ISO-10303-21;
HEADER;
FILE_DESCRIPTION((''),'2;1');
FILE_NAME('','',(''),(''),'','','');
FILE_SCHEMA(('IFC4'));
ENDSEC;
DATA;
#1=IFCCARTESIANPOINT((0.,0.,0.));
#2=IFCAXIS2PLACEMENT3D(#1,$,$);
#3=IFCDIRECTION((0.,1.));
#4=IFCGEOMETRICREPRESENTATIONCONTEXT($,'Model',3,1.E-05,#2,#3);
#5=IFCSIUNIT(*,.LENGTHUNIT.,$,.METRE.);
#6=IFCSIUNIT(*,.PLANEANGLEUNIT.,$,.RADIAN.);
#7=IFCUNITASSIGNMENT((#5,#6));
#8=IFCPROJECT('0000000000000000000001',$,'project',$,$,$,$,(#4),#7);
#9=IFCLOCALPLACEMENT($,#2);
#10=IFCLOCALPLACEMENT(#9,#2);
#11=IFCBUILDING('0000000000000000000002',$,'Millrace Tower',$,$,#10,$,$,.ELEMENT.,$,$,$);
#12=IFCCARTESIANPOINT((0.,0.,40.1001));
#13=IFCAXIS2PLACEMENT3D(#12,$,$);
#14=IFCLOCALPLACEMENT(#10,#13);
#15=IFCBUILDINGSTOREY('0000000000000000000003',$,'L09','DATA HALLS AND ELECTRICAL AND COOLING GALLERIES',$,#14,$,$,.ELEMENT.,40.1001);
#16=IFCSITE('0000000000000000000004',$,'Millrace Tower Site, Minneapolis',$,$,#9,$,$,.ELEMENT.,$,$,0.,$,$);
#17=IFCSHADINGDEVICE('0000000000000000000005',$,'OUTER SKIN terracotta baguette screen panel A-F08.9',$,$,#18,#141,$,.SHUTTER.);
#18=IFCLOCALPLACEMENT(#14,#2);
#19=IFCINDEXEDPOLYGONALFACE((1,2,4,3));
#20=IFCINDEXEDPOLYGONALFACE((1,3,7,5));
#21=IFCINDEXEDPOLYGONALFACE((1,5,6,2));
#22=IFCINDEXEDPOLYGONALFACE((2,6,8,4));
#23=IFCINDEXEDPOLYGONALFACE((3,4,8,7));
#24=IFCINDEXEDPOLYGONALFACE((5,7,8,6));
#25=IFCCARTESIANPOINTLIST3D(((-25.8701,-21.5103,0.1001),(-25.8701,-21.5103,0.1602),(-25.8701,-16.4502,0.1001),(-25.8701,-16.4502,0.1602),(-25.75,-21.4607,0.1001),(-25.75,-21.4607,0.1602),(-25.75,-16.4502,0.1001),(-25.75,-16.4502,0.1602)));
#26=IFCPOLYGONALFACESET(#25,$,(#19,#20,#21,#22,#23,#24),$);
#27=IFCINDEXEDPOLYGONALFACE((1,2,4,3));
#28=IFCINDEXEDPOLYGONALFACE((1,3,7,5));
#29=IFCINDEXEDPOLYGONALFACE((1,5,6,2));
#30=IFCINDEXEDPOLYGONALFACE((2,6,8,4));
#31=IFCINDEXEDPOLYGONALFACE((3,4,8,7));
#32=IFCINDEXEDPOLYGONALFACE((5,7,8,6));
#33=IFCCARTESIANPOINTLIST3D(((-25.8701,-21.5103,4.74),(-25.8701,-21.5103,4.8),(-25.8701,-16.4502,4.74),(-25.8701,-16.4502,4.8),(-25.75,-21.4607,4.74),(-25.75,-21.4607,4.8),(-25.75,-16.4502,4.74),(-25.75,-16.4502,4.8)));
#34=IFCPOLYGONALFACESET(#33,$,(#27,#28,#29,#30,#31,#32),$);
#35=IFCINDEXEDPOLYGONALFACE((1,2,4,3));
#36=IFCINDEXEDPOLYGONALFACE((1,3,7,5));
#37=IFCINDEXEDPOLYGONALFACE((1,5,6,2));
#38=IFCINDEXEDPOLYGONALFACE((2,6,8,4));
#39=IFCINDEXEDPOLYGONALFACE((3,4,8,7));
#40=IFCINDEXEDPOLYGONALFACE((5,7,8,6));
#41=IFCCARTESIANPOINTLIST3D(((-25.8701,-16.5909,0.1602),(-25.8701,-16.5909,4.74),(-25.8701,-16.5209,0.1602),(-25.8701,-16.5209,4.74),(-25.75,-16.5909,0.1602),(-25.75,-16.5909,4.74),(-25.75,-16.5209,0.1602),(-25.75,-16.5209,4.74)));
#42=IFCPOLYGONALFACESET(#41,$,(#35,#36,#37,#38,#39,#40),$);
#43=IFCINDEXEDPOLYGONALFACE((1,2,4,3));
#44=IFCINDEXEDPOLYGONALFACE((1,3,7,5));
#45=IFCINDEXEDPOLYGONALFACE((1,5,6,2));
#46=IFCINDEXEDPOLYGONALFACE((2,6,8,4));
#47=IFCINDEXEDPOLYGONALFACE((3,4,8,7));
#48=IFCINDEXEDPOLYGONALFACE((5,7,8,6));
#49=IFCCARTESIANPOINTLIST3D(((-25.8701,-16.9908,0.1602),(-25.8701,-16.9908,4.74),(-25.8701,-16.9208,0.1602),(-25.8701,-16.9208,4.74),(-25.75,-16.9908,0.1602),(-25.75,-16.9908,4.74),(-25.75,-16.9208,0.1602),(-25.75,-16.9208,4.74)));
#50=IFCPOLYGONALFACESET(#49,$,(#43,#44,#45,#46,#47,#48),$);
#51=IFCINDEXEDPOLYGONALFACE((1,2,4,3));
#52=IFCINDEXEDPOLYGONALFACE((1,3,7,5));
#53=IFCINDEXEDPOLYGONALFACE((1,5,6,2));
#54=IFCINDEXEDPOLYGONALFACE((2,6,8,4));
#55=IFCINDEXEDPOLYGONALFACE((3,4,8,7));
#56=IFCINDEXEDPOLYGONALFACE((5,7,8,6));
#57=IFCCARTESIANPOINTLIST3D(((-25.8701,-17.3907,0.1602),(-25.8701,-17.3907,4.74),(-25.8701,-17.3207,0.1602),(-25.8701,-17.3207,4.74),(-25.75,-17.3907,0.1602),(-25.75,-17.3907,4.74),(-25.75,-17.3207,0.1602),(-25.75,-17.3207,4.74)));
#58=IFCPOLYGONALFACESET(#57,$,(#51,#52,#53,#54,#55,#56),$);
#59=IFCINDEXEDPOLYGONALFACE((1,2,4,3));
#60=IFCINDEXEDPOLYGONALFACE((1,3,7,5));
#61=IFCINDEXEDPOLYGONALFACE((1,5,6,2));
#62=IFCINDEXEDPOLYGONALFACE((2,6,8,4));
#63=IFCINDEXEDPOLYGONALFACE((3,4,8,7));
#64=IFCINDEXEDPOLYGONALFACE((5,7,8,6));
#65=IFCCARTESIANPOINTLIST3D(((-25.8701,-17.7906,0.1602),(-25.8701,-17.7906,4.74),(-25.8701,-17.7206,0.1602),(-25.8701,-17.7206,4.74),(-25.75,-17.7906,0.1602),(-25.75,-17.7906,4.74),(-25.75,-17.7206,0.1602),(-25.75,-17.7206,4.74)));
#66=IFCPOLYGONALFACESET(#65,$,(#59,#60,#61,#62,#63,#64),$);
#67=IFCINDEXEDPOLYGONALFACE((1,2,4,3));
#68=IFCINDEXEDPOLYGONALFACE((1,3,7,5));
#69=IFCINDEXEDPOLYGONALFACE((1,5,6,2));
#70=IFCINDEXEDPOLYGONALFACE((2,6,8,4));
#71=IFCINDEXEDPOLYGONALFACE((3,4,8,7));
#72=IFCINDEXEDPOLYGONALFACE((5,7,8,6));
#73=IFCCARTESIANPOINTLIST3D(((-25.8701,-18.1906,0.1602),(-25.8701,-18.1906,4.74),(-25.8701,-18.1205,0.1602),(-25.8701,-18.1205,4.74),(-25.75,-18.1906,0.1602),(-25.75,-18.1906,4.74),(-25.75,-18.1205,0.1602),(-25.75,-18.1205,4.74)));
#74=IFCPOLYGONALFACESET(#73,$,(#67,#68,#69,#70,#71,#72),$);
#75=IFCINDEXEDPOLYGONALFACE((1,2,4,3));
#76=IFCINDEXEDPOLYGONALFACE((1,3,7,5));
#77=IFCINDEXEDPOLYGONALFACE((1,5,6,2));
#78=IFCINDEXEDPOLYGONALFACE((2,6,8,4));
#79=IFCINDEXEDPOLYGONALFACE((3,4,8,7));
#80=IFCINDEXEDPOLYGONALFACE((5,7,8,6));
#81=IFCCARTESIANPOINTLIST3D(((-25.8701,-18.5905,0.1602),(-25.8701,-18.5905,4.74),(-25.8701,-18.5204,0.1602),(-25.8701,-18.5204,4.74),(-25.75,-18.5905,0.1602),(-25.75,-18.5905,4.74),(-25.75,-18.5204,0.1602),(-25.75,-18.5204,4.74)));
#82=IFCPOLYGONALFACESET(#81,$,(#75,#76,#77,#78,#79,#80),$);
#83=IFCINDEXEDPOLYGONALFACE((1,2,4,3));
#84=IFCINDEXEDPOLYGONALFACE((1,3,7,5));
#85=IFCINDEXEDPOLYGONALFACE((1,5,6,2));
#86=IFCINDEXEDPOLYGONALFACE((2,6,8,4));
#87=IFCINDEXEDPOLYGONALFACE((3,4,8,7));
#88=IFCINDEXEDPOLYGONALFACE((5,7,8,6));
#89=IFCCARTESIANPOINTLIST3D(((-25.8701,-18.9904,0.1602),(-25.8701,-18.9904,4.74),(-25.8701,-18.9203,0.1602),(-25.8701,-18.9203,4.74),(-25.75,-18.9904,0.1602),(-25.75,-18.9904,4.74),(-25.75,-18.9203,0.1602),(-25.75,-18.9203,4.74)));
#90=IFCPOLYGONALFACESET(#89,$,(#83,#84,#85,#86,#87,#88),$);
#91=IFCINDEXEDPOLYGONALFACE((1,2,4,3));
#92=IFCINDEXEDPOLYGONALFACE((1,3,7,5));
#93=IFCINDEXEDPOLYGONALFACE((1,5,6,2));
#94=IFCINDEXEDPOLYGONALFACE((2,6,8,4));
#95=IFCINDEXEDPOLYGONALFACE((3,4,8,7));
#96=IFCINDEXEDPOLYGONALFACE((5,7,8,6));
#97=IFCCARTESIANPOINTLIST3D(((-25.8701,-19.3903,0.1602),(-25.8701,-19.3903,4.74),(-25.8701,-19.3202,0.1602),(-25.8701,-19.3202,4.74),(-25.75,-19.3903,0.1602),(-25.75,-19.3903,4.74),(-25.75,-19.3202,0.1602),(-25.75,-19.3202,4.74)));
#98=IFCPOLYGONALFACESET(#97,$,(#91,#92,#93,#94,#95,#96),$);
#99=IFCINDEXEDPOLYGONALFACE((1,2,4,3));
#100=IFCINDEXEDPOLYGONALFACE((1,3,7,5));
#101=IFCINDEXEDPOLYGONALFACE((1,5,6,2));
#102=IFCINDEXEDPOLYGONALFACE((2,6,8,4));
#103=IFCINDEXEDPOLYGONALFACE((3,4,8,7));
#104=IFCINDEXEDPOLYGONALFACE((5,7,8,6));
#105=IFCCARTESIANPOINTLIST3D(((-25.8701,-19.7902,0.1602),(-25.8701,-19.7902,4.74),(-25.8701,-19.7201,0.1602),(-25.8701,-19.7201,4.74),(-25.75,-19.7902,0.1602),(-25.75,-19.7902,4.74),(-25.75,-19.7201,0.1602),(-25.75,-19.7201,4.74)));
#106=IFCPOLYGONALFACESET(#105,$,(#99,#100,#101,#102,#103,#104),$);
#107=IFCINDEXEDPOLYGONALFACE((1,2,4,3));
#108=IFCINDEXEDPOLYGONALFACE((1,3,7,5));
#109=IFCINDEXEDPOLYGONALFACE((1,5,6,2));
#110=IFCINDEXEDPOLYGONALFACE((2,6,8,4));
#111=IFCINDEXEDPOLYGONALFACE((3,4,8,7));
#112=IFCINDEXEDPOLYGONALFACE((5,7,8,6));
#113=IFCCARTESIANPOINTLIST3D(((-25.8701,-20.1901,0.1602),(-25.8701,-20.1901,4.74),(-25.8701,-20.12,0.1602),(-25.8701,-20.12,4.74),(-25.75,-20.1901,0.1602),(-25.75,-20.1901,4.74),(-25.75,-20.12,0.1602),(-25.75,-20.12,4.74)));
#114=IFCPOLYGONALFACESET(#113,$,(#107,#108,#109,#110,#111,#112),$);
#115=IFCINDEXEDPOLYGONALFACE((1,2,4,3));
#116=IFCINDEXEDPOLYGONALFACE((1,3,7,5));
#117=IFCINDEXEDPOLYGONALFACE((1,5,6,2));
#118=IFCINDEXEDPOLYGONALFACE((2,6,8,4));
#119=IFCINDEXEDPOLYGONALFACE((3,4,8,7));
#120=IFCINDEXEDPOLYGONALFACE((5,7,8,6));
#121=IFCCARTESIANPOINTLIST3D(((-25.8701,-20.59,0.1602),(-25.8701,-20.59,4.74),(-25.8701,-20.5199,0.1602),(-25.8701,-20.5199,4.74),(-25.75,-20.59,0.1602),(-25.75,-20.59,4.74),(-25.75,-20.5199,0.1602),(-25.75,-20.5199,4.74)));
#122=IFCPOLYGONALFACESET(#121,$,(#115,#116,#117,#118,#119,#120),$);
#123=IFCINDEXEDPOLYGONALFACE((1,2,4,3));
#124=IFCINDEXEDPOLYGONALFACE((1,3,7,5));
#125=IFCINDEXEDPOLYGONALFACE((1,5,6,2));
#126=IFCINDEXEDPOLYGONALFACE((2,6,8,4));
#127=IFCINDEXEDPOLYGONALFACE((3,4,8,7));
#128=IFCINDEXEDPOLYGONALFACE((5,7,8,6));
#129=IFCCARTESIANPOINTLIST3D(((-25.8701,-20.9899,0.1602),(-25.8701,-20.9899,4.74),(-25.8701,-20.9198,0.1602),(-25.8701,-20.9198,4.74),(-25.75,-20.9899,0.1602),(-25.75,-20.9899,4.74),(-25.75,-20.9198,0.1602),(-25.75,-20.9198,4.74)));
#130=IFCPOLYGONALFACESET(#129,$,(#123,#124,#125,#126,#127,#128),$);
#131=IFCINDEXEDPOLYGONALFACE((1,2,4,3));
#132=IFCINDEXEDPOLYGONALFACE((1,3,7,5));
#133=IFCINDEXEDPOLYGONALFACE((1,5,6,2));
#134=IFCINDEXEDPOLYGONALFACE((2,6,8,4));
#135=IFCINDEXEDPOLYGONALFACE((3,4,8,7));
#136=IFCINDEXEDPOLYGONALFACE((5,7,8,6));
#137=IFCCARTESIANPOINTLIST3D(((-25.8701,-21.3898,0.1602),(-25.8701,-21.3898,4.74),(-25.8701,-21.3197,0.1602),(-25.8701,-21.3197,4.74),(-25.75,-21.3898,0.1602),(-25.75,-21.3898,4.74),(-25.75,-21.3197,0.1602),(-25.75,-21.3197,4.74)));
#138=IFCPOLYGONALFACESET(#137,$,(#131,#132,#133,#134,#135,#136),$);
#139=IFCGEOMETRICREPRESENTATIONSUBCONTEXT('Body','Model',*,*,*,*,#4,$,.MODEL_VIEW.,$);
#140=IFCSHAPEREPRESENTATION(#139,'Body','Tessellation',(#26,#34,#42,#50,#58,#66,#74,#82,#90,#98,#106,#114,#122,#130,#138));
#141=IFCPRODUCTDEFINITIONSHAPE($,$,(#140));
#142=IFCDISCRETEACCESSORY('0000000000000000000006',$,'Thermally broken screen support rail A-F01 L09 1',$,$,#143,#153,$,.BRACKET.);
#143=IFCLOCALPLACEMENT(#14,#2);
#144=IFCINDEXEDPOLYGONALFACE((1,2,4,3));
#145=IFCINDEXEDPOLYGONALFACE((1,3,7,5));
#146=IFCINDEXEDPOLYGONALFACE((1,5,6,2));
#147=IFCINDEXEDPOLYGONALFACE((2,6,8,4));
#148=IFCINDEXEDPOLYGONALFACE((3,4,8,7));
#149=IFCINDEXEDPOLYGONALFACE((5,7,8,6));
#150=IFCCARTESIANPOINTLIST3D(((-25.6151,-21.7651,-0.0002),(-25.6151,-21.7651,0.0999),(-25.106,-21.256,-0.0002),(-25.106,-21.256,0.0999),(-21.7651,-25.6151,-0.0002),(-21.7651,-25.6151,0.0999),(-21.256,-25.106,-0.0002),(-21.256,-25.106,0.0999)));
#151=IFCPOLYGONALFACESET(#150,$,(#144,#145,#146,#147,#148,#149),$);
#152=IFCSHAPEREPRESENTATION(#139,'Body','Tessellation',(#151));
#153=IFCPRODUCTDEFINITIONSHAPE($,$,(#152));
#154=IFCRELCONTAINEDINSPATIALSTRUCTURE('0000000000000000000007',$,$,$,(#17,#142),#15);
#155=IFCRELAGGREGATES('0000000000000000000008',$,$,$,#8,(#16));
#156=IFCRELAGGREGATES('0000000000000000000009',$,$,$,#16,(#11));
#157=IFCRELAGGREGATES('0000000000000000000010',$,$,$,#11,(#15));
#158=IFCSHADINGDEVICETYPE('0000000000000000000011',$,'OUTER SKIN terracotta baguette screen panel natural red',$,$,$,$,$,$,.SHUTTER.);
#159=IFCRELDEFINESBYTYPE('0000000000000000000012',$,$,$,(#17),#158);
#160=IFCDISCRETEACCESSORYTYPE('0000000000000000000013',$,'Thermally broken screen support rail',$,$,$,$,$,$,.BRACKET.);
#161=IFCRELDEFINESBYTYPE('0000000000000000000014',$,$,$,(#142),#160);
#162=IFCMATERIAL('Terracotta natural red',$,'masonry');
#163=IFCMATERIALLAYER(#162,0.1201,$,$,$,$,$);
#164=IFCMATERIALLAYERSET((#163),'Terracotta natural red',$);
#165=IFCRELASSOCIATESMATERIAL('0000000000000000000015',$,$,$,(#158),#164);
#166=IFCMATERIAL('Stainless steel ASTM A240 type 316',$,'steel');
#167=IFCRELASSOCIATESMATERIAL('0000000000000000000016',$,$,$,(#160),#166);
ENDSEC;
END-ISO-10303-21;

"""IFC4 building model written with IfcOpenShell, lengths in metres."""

from ifc_helpers import new_model, entity, si_unit, direction, frame, frame_2d, origin, origin_2d, place, context, subcontext, project, spatial, rectangle, extrude, source, transform, mapped, material, layer, layer_set, type_object, element, save


model = new_model("IFC4")

# Units and contexts
model_context = context("Model", 3, precision=1e-05, world=origin(), true_north=direction((0.0, 1.0)))
body_context = subcontext(model_context, "Body", "Model", "MODEL_VIEW")
ifc_project = project(units=[si_unit("LENGTHUNIT", "METRE"), si_unit("PLANEANGLEUNIT", "RADIAN")], contexts=[model_context])

# Site, building, storey
site_placement = place(None, origin())
site = spatial("IfcSite", under=ifc_project, at=site_placement, Name="Millrace Tower Site, Minneapolis", CompositionType="ELEMENT", RefElevation=0.0)
building_placement = place(site_placement, origin())
building = spatial("IfcBuilding", under=site, at=building_placement, Name="Millrace Tower", CompositionType="ELEMENT")
storey_placement = place(building_placement, frame((0.0, 0.0, 40.1001)))
storey = spatial("IfcBuildingStorey", under=building, at=storey_placement, Name="L09", Description="DATA HALLS AND ELECTRICAL AND COOLING GALLERIES", CompositionType="ELEMENT", Elevation=40.1001)

# Shading device
ifc_material_1 = material(Name="Terracotta natural red", Category="masonry")
ifc_layer_1 = layer(ifc_material_1, 0.1201)
ifc_layer_set_1 = layer_set([ifc_layer_1], Name="Terracotta natural red")
shading_device_type_1 = type_object("IfcShadingDeviceType", Name="OUTER SKIN terracotta baguette screen panel natural red", PredefinedType="SHUTTER", material=ifc_layer_set_1)
cartesian_point_1 = entity("IfcCartesianPoint", [-2.5176, 0.0601])
shared_polyline_1 = entity("IfcPolyline", [cartesian_point_1, entity("IfcCartesianPoint", [2.4929, 0.0601]), entity("IfcCartesianPoint", [2.5425, -0.0601]), entity("IfcCartesianPoint", [-2.5176, -0.0601]), cartesian_point_1])
shared_shape_1 = source(origin(), body_context, "Body", "SweptSolid", [
    entity("IfcExtrudedAreaSolid", entity("IfcArbitraryClosedProfileDef", "AREA", None, shared_polyline_1), entity("IfcAxis2Placement3D", entity("IfcCartesianPoint", [0.0, 0.0, 0.0])), entity("IfcDirection", [0.0, 0.0, 1.0]), 0.0601),
    entity("IfcExtrudedAreaSolid", entity("IfcArbitraryClosedProfileDef", "AREA", None, shared_polyline_1), entity("IfcAxis2Placement3D", entity("IfcCartesianPoint", [0.0, 0.0, 4.6399])), entity("IfcDirection", [0.0, 0.0, 1.0]), 0.0601),
    extrude(rectangle(XDim=0.0701, YDim=0.1201, at=frame_2d((-2.4119, 0.0))), frame((0.0, 0.0, 0.0601)), (0.0, 0.0, 1.0), 4.5798),
    extrude(rectangle(XDim=0.0701, YDim=0.1201, at=frame_2d((-2.012, 0.0))), frame((0.0, 0.0, 0.0601)), (0.0, 0.0, 1.0), 4.5798),
    extrude(rectangle(XDim=0.0701, YDim=0.1201, at=frame_2d((-1.6121, 0.0))), frame((0.0, 0.0, 0.0601)), (0.0, 0.0, 1.0), 4.5798),
    extrude(rectangle(XDim=0.0701, YDim=0.1201, at=frame_2d((-1.2122, 0.0))), frame((0.0, 0.0, 0.0601)), (0.0, 0.0, 1.0), 4.5798),
    extrude(rectangle(XDim=0.0701, YDim=0.1201, at=frame_2d((-0.8123, 0.0))), frame((0.0, 0.0, 0.0601)), (0.0, 0.0, 1.0), 4.5798),
    extrude(rectangle(XDim=0.0701, YDim=0.1201, at=frame_2d((-0.4124, 0.0))), frame((0.0, 0.0, 0.0601)), (0.0, 0.0, 1.0), 4.5798),
    extrude(rectangle(XDim=0.0701, YDim=0.1201, at=frame_2d((-0.0125, 0.0))), frame((0.0, 0.0, 0.0601)), (0.0, 0.0, 1.0), 4.5798),
    extrude(rectangle(XDim=0.0701, YDim=0.1201, at=frame_2d((0.3875, 0.0))), frame((0.0, 0.0, 0.0601)), (0.0, 0.0, 1.0), 4.5798),
    extrude(rectangle(XDim=0.0701, YDim=0.1201, at=frame_2d((0.7874, 0.0))), frame((0.0, 0.0, 0.0601)), (0.0, 0.0, 1.0), 4.5798),
    extrude(rectangle(XDim=0.0701, YDim=0.1201, at=frame_2d((1.1873, 0.0))), frame((0.0, 0.0, 0.0601)), (0.0, 0.0, 1.0), 4.5798),
    extrude(rectangle(XDim=0.0701, YDim=0.1201, at=frame_2d((1.5872, 0.0))), frame((0.0, 0.0, 0.0601)), (0.0, 0.0, 1.0), 4.5798),
    extrude(rectangle(XDim=0.0701, YDim=0.1201, at=frame_2d((1.9871, 0.0))), frame((0.0, 0.0, 0.0601)), (0.0, 0.0, 1.0), 4.5798),
    extrude(rectangle(XDim=0.0701, YDim=0.1201, at=frame_2d((2.387, 0.0))), frame((0.0, 0.0, 0.0601)), (0.0, 0.0, 1.0), 4.5798),
])
shading_device_1_placement = place(storey_placement, frame((-25.8101, -18.9678, 0.1001), z_axis=(0.0, 0.0, 1.0), x_axis=(0.0, -1.0, 0.0)))
element("IfcShadingDevice", 1, at=shading_device_1_placement, inside=storey, type_object=shading_device_type_1, Name="OUTER SKIN terracotta baguette screen panel A-F08.9", PredefinedType="SHUTTER", context=body_context, shape_type="MappedRepresentation", body=[
    mapped(shared_shape_1, transform((0.0, 0.0, 0.0), scale=1.0)),
])

# Discrete accessory
ifc_material_2 = material(Name="Stainless steel ASTM A240 type 316", Category="steel")
discrete_accessory_type = type_object("IfcDiscreteAccessoryType", Name="Thermally broken screen support rail", PredefinedType="BRACKET", material=ifc_material_2)
discrete_accessory_placement = place(storey_placement, frame((-23.4355, -23.4355, -0.0002), z_axis=(0.0, 0.0, 1.0), x_axis=(0.707107, -0.707107, 0.0)))
element("IfcDiscreteAccessory", 2, at=discrete_accessory_placement, inside=storey, type_object=discrete_accessory_type, Name="Thermally broken screen support rail A-F01 L09 1", PredefinedType="BRACKET", context=body_context, shape_type="SweptSolid", body=[
    extrude(rectangle(XDim=5.4448, YDim=0.72, at=origin_2d()), origin(), (0.0, 0.0, 1.0), 0.1001),
])

save(model, "model.ifc")
